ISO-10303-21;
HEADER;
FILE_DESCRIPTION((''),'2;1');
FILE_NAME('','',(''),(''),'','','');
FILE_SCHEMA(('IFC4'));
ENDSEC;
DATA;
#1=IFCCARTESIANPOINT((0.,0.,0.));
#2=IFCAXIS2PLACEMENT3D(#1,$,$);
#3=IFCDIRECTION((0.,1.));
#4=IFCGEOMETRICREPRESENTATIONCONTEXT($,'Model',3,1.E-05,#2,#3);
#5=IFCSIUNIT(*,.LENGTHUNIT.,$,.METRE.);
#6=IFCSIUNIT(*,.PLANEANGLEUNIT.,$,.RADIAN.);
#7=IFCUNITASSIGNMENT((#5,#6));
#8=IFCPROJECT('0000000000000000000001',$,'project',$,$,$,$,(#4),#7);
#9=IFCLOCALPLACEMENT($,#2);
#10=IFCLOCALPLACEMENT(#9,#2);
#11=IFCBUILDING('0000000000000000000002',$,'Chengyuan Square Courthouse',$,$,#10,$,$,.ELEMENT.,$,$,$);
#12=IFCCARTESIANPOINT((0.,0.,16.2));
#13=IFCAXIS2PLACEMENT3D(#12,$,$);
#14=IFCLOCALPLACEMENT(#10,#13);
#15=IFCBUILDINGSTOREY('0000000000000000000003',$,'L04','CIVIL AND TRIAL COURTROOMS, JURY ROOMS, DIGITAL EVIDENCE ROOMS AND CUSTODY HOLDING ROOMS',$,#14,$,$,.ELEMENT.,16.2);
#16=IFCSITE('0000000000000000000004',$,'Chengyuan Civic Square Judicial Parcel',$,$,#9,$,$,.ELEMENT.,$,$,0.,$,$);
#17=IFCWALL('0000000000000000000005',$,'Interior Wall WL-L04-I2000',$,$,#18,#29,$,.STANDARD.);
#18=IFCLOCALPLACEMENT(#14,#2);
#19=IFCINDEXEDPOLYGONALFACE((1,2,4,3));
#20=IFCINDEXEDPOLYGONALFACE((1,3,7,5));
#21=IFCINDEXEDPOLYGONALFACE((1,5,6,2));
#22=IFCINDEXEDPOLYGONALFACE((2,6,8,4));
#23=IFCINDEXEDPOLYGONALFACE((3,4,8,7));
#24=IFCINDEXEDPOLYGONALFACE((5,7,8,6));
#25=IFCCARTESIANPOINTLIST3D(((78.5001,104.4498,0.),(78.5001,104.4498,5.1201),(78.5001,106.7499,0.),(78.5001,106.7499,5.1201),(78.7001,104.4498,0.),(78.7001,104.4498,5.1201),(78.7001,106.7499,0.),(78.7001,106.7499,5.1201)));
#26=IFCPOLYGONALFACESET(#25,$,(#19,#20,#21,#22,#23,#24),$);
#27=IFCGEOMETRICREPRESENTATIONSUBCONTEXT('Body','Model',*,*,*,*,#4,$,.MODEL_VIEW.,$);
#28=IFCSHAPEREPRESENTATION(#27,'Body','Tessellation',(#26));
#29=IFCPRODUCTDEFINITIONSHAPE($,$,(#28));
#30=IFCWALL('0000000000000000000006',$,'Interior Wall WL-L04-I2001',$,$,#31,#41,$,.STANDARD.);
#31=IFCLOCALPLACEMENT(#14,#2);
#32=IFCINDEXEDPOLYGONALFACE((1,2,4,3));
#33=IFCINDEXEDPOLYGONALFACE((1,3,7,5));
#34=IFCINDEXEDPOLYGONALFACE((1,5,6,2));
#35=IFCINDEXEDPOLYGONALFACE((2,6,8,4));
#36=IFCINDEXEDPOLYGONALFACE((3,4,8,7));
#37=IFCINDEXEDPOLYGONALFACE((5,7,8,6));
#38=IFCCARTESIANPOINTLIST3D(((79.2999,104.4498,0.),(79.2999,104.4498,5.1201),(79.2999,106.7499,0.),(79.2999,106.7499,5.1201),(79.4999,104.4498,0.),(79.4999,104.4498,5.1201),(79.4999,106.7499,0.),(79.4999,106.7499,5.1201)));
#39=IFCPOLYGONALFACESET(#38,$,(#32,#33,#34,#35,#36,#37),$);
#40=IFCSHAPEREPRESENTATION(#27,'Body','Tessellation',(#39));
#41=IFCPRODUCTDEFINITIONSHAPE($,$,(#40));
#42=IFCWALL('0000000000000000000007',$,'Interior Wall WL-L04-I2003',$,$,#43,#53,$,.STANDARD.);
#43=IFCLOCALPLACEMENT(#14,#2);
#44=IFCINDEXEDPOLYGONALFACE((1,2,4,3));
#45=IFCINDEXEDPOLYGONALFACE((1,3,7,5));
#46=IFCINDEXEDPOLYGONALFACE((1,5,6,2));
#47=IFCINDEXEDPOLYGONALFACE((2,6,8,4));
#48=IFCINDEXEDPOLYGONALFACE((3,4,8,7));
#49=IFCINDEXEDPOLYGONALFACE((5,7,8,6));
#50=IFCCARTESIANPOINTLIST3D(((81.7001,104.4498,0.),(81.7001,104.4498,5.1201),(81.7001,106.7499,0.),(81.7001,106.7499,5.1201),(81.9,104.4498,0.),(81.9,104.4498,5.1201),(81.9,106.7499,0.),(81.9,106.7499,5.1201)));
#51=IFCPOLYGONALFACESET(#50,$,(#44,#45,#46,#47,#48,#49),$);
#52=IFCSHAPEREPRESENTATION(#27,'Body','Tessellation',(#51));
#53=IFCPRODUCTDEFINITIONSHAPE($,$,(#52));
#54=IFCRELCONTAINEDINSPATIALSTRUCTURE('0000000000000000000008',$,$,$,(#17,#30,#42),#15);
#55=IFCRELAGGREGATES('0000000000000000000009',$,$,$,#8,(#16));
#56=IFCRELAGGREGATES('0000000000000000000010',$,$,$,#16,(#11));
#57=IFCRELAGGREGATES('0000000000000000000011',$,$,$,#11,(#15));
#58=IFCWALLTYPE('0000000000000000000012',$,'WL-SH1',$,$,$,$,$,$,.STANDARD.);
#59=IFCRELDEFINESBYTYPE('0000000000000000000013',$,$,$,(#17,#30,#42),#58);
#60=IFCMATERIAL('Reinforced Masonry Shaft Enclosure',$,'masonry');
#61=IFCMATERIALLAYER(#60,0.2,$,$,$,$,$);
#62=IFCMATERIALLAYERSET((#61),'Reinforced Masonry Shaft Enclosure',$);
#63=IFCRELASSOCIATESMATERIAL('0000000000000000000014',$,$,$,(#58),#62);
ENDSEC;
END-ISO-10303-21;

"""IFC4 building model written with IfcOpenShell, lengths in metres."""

from ifc_helpers import new_model, si_unit, direction, frame, frame_2d, origin, place, context, subcontext, project, spatial, rectangle, extrude, material, layer, layer_set, type_object, element, save


model = new_model("IFC4")

# Units and contexts
model_context = context("Model", 3, precision=1e-05, world=origin(), true_north=direction((0.0, 1.0)))
body_context = subcontext(model_context, "Body", "Model", "MODEL_VIEW")
ifc_project = project(units=[si_unit("LENGTHUNIT", "METRE"), si_unit("PLANEANGLEUNIT", "RADIAN")], contexts=[model_context])

# Site, building, storey
site_placement = place(None, origin())
site = spatial("IfcSite", under=ifc_project, at=site_placement, Name="Chengyuan Civic Square Judicial Parcel", CompositionType="ELEMENT", RefElevation=0.0)
building_placement = place(site_placement, origin())
building = spatial("IfcBuilding", under=site, at=building_placement, Name="Chengyuan Square Courthouse", CompositionType="ELEMENT")
storey_placement = place(building_placement, frame((0.0, 0.0, 16.2)))
storey = spatial("IfcBuildingStorey", under=building, at=storey_placement, Name="L04", Description="CIVIL AND TRIAL COURTROOMS, JURY ROOMS, DIGITAL EVIDENCE ROOMS AND CUSTODY HOLDING ROOMS", CompositionType="ELEMENT", Elevation=16.2)

# Shared definitions
ifc_material_1 = material(Name="Reinforced Masonry Shaft Enclosure", Category="masonry")
ifc_layer_1 = layer(ifc_material_1, 0.2)
ifc_layer_set_1 = layer_set([ifc_layer_1], Name="Reinforced Masonry Shaft Enclosure")
wall_type_1 = type_object("IfcWallType", Name="WL-SH1", PredefinedType="STANDARD", material=ifc_layer_set_1)

# Walls
for number, where, z_axis, x_axis, name in (
    (1, (78.6001, 104.45, 0.0), (0.0, 0.0, 1.0), (0.0, 1.0, 0.0), "Interior Wall WL-L04-I2000"),
    (2, (79.3999, 104.45, 0.0), (0.0, 0.0, 1.0), (0.0, 1.0, 0.0), "Interior Wall WL-L04-I2001"),
    (3, (81.8, 104.45, 0.0), (0.0, 0.0, 1.0), (0.0, 1.0, 0.0), "Interior Wall WL-L04-I2003"),
):
    element("IfcWall", number, at=place(storey_placement, frame(where, z_axis=z_axis, x_axis=x_axis)), inside=storey, type_object=wall_type_1, Name=name, PredefinedType="STANDARD", context=body_context, shape_type="SweptSolid", body=[
        extrude(rectangle(XDim=2.3, YDim=0.2, at=frame_2d((1.1499, 0.0))), origin(), (0.0, 0.0, 1.0), 5.1201),
    ])

save(model, "model.ifc")
